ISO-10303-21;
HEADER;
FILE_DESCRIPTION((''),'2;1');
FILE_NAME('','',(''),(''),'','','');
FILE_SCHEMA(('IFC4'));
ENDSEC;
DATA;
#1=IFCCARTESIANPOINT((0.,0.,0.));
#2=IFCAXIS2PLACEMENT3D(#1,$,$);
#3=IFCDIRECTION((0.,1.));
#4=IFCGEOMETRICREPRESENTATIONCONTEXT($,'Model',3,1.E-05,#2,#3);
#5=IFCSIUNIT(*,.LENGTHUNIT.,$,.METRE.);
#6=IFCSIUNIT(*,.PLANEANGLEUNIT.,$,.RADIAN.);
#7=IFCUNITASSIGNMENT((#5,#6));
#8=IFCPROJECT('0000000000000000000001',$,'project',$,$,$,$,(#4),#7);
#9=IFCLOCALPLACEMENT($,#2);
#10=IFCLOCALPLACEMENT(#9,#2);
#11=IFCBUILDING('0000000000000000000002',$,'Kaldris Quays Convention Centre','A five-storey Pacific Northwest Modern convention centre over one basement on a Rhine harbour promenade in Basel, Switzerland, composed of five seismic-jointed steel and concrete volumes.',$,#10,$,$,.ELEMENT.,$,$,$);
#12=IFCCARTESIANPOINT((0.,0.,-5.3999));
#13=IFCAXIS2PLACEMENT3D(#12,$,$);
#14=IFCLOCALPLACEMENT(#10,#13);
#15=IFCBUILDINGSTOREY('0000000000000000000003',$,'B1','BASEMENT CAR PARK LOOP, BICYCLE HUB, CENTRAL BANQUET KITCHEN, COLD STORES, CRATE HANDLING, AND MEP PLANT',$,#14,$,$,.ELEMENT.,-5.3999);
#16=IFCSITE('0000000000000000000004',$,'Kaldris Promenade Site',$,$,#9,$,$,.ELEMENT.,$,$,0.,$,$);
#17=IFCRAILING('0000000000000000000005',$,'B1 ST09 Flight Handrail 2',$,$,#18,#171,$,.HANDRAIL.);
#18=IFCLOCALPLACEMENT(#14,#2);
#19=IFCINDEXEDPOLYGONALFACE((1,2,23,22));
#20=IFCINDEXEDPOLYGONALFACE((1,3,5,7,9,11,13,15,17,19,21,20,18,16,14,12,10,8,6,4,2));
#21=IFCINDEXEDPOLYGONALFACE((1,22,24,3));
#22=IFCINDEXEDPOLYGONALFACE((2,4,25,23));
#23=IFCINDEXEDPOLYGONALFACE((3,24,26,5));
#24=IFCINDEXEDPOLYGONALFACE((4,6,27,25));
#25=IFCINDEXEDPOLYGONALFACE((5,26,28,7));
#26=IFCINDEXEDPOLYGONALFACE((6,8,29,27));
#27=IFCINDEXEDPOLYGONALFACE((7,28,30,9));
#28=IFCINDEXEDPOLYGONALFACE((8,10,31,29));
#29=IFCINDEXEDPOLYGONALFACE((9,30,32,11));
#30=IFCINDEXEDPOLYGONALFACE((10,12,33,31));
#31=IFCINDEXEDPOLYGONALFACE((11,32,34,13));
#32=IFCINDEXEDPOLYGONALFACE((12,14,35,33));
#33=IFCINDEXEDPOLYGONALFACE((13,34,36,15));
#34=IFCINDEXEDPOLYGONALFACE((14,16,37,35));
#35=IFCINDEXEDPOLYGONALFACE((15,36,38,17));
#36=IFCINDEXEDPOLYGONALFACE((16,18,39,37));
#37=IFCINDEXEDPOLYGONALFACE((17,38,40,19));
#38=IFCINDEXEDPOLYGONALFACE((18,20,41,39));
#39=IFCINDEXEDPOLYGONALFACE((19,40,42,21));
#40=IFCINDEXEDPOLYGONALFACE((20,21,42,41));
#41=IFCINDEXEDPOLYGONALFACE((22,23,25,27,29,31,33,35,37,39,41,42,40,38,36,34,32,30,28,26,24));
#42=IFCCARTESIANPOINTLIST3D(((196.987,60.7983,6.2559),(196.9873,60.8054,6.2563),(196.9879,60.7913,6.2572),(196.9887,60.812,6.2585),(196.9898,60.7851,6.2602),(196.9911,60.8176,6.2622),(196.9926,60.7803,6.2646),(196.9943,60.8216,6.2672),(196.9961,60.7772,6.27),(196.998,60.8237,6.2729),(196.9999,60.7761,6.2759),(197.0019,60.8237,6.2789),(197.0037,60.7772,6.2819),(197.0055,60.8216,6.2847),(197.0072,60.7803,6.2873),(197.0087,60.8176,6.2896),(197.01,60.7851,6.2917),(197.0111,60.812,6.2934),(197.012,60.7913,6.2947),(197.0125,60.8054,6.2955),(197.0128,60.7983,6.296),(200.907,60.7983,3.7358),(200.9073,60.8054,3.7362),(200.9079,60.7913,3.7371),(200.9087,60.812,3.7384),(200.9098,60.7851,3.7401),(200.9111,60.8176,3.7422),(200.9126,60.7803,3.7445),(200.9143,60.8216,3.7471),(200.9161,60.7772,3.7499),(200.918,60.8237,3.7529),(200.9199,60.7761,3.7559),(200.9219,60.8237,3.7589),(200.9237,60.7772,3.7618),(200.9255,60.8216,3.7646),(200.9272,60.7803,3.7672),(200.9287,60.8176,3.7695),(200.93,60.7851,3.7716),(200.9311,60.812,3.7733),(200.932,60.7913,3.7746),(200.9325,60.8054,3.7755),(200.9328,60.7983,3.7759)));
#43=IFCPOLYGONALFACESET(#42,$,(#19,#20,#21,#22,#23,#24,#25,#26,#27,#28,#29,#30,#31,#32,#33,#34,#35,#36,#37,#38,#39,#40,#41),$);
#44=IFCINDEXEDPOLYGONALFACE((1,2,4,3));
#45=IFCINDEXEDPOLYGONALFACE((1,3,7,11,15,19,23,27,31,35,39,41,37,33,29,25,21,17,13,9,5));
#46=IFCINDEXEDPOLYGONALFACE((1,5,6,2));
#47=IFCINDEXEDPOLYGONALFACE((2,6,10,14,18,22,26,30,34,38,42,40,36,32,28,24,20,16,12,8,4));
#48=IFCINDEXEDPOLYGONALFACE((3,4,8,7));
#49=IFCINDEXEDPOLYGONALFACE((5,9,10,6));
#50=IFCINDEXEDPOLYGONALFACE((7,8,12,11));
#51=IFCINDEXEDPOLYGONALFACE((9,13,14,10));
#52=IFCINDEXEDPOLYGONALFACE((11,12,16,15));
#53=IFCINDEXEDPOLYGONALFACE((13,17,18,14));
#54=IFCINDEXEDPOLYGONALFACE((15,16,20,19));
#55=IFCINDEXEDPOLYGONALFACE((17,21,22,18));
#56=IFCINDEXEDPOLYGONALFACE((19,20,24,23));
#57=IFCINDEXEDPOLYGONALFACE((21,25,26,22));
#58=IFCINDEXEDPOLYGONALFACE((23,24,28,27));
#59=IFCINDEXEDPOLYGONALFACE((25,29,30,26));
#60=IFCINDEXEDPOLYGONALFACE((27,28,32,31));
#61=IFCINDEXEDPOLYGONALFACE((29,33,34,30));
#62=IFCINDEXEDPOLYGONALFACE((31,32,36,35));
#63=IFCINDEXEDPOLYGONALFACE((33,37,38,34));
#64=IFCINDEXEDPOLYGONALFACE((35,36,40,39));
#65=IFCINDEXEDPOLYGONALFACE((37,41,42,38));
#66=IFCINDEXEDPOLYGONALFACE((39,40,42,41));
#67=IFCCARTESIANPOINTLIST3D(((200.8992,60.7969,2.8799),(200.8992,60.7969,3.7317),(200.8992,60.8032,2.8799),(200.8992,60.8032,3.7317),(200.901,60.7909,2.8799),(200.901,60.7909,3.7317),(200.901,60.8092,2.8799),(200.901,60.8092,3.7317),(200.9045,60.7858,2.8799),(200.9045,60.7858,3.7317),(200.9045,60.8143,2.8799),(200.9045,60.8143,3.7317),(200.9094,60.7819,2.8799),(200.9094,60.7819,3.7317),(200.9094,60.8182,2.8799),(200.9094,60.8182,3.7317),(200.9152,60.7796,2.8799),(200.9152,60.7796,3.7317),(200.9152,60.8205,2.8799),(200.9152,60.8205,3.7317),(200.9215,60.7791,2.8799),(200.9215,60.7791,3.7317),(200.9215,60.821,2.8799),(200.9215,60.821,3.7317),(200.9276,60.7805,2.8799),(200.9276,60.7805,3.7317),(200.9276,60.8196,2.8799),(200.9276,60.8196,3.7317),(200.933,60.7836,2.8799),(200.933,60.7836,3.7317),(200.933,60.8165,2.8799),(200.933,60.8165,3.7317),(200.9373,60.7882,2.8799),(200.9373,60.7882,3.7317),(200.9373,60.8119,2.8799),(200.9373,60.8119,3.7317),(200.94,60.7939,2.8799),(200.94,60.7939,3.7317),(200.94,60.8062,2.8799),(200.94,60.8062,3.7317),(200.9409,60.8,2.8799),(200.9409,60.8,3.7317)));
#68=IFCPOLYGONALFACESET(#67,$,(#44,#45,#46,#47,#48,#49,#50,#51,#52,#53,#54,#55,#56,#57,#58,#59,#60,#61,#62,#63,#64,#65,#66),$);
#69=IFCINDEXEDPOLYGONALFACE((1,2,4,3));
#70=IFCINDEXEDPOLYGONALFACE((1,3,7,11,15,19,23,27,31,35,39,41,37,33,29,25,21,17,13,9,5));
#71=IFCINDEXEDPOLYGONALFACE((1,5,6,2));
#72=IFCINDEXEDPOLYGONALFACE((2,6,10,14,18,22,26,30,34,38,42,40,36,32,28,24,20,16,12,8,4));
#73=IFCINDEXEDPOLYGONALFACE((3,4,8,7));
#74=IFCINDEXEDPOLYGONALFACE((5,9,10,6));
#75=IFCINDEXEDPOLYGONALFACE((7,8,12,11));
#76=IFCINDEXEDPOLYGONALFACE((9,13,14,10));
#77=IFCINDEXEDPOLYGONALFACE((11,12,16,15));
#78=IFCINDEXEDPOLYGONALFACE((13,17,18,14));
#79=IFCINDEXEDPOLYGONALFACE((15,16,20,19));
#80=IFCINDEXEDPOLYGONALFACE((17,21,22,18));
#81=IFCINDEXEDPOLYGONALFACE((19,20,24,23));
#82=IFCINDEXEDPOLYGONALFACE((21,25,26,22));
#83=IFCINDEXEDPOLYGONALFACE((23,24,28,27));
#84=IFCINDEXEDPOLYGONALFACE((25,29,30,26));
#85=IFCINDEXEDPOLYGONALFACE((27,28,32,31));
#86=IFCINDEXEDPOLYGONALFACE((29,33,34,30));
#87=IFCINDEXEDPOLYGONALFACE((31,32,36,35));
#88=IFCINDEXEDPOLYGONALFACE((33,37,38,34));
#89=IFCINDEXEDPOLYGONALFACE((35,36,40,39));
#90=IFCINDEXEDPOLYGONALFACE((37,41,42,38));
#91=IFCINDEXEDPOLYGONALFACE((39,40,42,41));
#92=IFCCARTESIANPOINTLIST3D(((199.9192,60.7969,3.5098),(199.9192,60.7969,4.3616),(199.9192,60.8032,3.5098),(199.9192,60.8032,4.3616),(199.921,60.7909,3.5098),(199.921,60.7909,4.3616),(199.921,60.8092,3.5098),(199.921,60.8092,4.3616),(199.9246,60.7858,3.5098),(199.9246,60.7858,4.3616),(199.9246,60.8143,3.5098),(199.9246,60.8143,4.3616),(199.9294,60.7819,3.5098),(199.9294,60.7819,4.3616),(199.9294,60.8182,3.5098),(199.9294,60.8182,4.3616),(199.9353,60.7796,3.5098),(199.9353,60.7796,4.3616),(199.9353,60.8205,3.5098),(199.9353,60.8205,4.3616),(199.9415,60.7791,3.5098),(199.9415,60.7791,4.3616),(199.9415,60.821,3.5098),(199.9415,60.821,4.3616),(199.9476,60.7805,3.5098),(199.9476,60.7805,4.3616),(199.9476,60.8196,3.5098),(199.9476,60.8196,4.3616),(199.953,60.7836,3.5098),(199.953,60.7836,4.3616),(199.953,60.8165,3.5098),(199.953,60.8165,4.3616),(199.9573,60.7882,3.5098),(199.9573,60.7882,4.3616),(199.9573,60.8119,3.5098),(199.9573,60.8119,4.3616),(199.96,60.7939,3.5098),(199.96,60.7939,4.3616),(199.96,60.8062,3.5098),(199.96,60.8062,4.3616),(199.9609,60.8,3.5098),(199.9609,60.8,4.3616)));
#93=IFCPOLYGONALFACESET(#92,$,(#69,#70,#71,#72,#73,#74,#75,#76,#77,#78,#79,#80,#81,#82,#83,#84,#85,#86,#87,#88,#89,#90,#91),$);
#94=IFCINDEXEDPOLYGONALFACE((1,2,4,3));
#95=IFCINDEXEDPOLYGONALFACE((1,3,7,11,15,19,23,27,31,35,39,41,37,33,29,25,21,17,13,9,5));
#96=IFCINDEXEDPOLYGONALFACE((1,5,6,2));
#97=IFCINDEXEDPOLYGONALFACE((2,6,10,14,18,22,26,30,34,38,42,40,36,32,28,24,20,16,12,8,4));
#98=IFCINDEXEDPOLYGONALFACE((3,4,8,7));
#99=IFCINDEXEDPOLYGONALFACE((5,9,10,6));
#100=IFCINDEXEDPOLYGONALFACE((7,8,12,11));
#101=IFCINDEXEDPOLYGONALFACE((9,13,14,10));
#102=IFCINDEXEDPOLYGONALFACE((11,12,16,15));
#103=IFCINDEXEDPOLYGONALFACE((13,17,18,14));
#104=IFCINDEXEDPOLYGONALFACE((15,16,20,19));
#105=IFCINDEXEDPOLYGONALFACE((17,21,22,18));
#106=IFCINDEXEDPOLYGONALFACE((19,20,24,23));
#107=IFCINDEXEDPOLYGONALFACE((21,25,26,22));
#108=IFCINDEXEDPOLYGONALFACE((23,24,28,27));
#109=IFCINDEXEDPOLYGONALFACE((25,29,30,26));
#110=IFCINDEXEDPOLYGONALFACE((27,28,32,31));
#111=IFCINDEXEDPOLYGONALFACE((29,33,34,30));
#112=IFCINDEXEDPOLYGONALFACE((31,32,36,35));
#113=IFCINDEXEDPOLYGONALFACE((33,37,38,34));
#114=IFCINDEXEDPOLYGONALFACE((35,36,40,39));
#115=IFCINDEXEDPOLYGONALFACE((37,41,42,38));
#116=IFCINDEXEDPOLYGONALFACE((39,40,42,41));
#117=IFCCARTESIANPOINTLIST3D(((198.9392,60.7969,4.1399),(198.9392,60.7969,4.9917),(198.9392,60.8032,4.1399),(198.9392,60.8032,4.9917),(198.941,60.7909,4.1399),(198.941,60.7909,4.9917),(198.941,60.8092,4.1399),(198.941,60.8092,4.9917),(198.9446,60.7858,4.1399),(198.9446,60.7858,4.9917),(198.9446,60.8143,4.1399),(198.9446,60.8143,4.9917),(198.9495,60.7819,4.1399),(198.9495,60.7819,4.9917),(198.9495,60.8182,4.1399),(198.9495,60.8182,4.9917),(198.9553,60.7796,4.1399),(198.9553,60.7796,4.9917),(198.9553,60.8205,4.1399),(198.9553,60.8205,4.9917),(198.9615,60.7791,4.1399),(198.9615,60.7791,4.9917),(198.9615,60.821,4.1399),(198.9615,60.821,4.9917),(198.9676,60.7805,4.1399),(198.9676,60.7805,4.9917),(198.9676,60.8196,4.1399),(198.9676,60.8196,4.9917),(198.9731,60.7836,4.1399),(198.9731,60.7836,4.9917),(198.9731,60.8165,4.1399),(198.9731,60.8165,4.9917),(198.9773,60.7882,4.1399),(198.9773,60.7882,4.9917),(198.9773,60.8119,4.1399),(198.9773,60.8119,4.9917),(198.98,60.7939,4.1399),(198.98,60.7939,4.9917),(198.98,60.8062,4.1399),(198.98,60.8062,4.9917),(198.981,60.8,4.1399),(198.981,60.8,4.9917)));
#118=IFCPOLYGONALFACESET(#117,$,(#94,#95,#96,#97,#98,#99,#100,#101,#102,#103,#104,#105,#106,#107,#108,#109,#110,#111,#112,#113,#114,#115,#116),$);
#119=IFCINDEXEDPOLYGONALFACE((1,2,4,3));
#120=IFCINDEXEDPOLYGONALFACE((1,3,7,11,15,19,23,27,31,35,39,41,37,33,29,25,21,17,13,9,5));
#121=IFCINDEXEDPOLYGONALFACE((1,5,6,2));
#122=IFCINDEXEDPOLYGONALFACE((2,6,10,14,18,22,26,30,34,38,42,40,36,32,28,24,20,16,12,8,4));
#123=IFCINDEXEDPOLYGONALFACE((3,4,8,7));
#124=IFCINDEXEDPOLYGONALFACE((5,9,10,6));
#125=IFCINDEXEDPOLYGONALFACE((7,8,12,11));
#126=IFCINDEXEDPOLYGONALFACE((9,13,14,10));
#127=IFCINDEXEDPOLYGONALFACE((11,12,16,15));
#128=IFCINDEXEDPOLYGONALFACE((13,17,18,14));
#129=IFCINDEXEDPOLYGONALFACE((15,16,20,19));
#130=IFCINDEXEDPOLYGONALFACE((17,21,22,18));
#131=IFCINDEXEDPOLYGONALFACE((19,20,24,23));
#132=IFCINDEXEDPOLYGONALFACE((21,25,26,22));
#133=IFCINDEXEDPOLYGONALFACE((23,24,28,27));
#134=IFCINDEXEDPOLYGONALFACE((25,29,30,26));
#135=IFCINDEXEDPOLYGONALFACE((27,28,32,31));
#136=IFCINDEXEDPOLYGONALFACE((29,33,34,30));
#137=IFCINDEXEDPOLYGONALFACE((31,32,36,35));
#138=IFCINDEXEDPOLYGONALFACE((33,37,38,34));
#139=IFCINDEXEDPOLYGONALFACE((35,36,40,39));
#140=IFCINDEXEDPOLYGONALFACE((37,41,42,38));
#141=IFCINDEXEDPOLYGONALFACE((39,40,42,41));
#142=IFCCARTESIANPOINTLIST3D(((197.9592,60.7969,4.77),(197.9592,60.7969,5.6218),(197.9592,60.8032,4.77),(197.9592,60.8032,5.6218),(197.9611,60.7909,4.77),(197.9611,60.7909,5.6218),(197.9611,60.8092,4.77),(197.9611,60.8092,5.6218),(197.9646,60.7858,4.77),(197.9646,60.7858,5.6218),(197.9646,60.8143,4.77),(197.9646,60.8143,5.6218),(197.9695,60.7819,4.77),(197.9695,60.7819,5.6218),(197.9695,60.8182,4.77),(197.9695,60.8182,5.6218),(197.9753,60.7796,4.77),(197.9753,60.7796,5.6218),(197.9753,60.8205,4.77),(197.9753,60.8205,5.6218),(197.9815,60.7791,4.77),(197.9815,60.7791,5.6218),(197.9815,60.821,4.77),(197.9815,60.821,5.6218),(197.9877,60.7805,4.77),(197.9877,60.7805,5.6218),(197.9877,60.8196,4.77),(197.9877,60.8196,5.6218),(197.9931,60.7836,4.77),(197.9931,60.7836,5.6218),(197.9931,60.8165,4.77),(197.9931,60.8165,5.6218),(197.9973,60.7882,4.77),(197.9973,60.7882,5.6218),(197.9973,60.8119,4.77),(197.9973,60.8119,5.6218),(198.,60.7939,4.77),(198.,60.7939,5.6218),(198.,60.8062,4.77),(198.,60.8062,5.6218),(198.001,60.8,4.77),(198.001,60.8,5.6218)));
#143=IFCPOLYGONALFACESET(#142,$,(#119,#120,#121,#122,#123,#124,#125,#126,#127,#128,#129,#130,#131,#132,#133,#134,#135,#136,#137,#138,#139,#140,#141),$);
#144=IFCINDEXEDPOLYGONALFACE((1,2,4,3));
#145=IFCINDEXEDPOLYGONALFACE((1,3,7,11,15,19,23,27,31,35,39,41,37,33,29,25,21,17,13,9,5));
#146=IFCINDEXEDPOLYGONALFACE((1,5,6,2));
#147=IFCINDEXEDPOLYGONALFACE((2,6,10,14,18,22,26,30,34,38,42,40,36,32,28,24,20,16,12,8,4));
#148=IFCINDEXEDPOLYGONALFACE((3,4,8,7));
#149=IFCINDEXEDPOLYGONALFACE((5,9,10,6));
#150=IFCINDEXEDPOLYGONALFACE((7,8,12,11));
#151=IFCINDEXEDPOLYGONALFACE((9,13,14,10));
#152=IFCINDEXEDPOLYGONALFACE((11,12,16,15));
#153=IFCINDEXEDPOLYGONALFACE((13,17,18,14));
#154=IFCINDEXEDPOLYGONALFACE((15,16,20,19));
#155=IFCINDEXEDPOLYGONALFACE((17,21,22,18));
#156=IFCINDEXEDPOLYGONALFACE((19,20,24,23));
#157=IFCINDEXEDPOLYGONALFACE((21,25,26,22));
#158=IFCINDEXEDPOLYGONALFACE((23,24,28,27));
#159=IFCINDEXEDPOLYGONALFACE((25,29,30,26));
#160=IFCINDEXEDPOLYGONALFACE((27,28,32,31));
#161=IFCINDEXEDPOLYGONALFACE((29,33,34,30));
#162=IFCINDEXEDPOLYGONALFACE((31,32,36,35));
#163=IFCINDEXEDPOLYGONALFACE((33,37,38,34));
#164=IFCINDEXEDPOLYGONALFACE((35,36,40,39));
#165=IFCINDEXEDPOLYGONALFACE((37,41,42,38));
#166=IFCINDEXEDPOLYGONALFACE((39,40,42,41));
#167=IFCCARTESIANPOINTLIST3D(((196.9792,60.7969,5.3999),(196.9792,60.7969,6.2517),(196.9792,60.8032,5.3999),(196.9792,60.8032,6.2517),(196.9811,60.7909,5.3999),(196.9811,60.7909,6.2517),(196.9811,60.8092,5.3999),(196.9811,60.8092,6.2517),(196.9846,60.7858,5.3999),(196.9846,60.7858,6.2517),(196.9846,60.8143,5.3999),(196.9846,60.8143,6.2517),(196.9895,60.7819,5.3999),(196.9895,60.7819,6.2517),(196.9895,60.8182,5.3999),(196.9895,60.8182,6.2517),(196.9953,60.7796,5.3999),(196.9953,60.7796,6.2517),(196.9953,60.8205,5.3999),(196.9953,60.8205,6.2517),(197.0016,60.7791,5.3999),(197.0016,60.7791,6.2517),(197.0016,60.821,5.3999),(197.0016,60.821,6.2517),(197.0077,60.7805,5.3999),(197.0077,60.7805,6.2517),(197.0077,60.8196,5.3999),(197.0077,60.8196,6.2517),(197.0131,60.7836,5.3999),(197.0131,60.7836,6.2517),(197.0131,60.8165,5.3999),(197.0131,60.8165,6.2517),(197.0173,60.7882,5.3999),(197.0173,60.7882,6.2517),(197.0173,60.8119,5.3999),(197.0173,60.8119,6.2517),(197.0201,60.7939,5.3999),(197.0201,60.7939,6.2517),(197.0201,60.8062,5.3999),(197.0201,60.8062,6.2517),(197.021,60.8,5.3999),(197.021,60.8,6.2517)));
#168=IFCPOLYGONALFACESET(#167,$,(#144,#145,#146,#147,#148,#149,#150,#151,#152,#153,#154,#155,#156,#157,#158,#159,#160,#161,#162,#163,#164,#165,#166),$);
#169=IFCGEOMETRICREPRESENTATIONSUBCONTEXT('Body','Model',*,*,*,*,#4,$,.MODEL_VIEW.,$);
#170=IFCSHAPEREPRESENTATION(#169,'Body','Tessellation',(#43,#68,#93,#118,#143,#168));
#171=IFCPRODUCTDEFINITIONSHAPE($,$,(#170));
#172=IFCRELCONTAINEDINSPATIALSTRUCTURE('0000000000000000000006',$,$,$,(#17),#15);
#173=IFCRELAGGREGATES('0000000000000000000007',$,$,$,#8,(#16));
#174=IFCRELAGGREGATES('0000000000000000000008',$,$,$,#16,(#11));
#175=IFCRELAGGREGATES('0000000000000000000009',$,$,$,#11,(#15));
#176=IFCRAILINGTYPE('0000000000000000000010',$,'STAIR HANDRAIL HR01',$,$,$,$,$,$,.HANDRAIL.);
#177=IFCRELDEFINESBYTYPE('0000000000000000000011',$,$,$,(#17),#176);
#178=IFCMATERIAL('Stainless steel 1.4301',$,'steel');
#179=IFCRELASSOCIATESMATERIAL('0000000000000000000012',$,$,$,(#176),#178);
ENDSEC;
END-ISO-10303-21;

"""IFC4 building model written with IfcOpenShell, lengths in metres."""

from ifc_helpers import new_model, si_unit, direction, frame, origin, origin_2d, place, context, subcontext, project, spatial, circle, extrude, material, type_object, element, save


model = new_model("IFC4")

# Units and contexts
model_context = context("Model", 3, precision=1e-05, world=origin(), true_north=direction((0.0, 1.0)))
body_context = subcontext(model_context, "Body", "Model", "MODEL_VIEW")
ifc_project = project(units=[si_unit("LENGTHUNIT", "METRE"), si_unit("PLANEANGLEUNIT", "RADIAN")], contexts=[model_context])

# Site, building, storey
site_placement = place(None, origin())
site = spatial("IfcSite", under=ifc_project, at=site_placement, Name="Kaldris Promenade Site", CompositionType="ELEMENT", RefElevation=0.0)
building_placement = place(site_placement, origin())
building = spatial("IfcBuilding", under=site, at=building_placement, Name="Kaldris Quays Convention Centre", Description="A five-storey Pacific Northwest Modern convention centre over one basement on a Rhine harbour promenade in Basel, Switzerland, composed of five seismic-jointed steel and concrete volumes.", CompositionType="ELEMENT")
storey_placement = place(building_placement, frame((0.0, 0.0, -5.3999)))
storey = spatial("IfcBuildingStorey", under=building, at=storey_placement, Name="B1", Description="BASEMENT CAR PARK LOOP, BICYCLE HUB, CENTRAL BANQUET KITCHEN, COLD STORES, CRATE HANDLING, AND MEP PLANT", CompositionType="ELEMENT", Elevation=-5.3999)

# Railing
ifc_material_1 = material(Name="Stainless steel 1.4301", Category="steel")
railing_type_1 = type_object("IfcRailingType", Name="STAIR HANDRAIL HR01", PredefinedType="HANDRAIL", material=ifc_material_1)
railing_1_placement = place(storey_placement, frame((200.9199, 60.8, 2.8799)))
element("IfcRailing", 1, at=railing_1_placement, inside=storey, type_object=railing_type_1, Name="B1 ST09 Flight Handrail 2", PredefinedType="HANDRAIL", context=body_context, shape_type="SweptSolid", body=[
    extrude(circle(Radius=0.0239, at=origin_2d()), frame((0.0, 0.0, 0.876), z_axis=(-0.841172, 0.0, 0.540768), x_axis=(0.0, -1.0, 0.0)), (0.0, 0.0, 1.0), 4.6602),
    extrude(circle(Radius=0.021, at=origin_2d()), origin(), (0.0, 0.0, 1.0), 0.8518),
    extrude(circle(Radius=0.021, at=origin_2d()), frame((-0.98, 0.0, 0.6299)), (0.0, 0.0, 1.0), 0.8518),
    extrude(circle(Radius=0.021, at=origin_2d()), frame((-1.96, 0.0, 1.26)), (0.0, 0.0, 1.0), 0.8518),
    extrude(circle(Radius=0.021, at=origin_2d()), frame((-2.9399, 0.0, 1.8901)), (0.0, 0.0, 1.0), 0.8518),
    extrude(circle(Radius=0.021, at=origin_2d()), frame((-3.9199, 0.0, 2.52)), (0.0, 0.0, 1.0), 0.8518),
])

save(model, "model.ifc")
